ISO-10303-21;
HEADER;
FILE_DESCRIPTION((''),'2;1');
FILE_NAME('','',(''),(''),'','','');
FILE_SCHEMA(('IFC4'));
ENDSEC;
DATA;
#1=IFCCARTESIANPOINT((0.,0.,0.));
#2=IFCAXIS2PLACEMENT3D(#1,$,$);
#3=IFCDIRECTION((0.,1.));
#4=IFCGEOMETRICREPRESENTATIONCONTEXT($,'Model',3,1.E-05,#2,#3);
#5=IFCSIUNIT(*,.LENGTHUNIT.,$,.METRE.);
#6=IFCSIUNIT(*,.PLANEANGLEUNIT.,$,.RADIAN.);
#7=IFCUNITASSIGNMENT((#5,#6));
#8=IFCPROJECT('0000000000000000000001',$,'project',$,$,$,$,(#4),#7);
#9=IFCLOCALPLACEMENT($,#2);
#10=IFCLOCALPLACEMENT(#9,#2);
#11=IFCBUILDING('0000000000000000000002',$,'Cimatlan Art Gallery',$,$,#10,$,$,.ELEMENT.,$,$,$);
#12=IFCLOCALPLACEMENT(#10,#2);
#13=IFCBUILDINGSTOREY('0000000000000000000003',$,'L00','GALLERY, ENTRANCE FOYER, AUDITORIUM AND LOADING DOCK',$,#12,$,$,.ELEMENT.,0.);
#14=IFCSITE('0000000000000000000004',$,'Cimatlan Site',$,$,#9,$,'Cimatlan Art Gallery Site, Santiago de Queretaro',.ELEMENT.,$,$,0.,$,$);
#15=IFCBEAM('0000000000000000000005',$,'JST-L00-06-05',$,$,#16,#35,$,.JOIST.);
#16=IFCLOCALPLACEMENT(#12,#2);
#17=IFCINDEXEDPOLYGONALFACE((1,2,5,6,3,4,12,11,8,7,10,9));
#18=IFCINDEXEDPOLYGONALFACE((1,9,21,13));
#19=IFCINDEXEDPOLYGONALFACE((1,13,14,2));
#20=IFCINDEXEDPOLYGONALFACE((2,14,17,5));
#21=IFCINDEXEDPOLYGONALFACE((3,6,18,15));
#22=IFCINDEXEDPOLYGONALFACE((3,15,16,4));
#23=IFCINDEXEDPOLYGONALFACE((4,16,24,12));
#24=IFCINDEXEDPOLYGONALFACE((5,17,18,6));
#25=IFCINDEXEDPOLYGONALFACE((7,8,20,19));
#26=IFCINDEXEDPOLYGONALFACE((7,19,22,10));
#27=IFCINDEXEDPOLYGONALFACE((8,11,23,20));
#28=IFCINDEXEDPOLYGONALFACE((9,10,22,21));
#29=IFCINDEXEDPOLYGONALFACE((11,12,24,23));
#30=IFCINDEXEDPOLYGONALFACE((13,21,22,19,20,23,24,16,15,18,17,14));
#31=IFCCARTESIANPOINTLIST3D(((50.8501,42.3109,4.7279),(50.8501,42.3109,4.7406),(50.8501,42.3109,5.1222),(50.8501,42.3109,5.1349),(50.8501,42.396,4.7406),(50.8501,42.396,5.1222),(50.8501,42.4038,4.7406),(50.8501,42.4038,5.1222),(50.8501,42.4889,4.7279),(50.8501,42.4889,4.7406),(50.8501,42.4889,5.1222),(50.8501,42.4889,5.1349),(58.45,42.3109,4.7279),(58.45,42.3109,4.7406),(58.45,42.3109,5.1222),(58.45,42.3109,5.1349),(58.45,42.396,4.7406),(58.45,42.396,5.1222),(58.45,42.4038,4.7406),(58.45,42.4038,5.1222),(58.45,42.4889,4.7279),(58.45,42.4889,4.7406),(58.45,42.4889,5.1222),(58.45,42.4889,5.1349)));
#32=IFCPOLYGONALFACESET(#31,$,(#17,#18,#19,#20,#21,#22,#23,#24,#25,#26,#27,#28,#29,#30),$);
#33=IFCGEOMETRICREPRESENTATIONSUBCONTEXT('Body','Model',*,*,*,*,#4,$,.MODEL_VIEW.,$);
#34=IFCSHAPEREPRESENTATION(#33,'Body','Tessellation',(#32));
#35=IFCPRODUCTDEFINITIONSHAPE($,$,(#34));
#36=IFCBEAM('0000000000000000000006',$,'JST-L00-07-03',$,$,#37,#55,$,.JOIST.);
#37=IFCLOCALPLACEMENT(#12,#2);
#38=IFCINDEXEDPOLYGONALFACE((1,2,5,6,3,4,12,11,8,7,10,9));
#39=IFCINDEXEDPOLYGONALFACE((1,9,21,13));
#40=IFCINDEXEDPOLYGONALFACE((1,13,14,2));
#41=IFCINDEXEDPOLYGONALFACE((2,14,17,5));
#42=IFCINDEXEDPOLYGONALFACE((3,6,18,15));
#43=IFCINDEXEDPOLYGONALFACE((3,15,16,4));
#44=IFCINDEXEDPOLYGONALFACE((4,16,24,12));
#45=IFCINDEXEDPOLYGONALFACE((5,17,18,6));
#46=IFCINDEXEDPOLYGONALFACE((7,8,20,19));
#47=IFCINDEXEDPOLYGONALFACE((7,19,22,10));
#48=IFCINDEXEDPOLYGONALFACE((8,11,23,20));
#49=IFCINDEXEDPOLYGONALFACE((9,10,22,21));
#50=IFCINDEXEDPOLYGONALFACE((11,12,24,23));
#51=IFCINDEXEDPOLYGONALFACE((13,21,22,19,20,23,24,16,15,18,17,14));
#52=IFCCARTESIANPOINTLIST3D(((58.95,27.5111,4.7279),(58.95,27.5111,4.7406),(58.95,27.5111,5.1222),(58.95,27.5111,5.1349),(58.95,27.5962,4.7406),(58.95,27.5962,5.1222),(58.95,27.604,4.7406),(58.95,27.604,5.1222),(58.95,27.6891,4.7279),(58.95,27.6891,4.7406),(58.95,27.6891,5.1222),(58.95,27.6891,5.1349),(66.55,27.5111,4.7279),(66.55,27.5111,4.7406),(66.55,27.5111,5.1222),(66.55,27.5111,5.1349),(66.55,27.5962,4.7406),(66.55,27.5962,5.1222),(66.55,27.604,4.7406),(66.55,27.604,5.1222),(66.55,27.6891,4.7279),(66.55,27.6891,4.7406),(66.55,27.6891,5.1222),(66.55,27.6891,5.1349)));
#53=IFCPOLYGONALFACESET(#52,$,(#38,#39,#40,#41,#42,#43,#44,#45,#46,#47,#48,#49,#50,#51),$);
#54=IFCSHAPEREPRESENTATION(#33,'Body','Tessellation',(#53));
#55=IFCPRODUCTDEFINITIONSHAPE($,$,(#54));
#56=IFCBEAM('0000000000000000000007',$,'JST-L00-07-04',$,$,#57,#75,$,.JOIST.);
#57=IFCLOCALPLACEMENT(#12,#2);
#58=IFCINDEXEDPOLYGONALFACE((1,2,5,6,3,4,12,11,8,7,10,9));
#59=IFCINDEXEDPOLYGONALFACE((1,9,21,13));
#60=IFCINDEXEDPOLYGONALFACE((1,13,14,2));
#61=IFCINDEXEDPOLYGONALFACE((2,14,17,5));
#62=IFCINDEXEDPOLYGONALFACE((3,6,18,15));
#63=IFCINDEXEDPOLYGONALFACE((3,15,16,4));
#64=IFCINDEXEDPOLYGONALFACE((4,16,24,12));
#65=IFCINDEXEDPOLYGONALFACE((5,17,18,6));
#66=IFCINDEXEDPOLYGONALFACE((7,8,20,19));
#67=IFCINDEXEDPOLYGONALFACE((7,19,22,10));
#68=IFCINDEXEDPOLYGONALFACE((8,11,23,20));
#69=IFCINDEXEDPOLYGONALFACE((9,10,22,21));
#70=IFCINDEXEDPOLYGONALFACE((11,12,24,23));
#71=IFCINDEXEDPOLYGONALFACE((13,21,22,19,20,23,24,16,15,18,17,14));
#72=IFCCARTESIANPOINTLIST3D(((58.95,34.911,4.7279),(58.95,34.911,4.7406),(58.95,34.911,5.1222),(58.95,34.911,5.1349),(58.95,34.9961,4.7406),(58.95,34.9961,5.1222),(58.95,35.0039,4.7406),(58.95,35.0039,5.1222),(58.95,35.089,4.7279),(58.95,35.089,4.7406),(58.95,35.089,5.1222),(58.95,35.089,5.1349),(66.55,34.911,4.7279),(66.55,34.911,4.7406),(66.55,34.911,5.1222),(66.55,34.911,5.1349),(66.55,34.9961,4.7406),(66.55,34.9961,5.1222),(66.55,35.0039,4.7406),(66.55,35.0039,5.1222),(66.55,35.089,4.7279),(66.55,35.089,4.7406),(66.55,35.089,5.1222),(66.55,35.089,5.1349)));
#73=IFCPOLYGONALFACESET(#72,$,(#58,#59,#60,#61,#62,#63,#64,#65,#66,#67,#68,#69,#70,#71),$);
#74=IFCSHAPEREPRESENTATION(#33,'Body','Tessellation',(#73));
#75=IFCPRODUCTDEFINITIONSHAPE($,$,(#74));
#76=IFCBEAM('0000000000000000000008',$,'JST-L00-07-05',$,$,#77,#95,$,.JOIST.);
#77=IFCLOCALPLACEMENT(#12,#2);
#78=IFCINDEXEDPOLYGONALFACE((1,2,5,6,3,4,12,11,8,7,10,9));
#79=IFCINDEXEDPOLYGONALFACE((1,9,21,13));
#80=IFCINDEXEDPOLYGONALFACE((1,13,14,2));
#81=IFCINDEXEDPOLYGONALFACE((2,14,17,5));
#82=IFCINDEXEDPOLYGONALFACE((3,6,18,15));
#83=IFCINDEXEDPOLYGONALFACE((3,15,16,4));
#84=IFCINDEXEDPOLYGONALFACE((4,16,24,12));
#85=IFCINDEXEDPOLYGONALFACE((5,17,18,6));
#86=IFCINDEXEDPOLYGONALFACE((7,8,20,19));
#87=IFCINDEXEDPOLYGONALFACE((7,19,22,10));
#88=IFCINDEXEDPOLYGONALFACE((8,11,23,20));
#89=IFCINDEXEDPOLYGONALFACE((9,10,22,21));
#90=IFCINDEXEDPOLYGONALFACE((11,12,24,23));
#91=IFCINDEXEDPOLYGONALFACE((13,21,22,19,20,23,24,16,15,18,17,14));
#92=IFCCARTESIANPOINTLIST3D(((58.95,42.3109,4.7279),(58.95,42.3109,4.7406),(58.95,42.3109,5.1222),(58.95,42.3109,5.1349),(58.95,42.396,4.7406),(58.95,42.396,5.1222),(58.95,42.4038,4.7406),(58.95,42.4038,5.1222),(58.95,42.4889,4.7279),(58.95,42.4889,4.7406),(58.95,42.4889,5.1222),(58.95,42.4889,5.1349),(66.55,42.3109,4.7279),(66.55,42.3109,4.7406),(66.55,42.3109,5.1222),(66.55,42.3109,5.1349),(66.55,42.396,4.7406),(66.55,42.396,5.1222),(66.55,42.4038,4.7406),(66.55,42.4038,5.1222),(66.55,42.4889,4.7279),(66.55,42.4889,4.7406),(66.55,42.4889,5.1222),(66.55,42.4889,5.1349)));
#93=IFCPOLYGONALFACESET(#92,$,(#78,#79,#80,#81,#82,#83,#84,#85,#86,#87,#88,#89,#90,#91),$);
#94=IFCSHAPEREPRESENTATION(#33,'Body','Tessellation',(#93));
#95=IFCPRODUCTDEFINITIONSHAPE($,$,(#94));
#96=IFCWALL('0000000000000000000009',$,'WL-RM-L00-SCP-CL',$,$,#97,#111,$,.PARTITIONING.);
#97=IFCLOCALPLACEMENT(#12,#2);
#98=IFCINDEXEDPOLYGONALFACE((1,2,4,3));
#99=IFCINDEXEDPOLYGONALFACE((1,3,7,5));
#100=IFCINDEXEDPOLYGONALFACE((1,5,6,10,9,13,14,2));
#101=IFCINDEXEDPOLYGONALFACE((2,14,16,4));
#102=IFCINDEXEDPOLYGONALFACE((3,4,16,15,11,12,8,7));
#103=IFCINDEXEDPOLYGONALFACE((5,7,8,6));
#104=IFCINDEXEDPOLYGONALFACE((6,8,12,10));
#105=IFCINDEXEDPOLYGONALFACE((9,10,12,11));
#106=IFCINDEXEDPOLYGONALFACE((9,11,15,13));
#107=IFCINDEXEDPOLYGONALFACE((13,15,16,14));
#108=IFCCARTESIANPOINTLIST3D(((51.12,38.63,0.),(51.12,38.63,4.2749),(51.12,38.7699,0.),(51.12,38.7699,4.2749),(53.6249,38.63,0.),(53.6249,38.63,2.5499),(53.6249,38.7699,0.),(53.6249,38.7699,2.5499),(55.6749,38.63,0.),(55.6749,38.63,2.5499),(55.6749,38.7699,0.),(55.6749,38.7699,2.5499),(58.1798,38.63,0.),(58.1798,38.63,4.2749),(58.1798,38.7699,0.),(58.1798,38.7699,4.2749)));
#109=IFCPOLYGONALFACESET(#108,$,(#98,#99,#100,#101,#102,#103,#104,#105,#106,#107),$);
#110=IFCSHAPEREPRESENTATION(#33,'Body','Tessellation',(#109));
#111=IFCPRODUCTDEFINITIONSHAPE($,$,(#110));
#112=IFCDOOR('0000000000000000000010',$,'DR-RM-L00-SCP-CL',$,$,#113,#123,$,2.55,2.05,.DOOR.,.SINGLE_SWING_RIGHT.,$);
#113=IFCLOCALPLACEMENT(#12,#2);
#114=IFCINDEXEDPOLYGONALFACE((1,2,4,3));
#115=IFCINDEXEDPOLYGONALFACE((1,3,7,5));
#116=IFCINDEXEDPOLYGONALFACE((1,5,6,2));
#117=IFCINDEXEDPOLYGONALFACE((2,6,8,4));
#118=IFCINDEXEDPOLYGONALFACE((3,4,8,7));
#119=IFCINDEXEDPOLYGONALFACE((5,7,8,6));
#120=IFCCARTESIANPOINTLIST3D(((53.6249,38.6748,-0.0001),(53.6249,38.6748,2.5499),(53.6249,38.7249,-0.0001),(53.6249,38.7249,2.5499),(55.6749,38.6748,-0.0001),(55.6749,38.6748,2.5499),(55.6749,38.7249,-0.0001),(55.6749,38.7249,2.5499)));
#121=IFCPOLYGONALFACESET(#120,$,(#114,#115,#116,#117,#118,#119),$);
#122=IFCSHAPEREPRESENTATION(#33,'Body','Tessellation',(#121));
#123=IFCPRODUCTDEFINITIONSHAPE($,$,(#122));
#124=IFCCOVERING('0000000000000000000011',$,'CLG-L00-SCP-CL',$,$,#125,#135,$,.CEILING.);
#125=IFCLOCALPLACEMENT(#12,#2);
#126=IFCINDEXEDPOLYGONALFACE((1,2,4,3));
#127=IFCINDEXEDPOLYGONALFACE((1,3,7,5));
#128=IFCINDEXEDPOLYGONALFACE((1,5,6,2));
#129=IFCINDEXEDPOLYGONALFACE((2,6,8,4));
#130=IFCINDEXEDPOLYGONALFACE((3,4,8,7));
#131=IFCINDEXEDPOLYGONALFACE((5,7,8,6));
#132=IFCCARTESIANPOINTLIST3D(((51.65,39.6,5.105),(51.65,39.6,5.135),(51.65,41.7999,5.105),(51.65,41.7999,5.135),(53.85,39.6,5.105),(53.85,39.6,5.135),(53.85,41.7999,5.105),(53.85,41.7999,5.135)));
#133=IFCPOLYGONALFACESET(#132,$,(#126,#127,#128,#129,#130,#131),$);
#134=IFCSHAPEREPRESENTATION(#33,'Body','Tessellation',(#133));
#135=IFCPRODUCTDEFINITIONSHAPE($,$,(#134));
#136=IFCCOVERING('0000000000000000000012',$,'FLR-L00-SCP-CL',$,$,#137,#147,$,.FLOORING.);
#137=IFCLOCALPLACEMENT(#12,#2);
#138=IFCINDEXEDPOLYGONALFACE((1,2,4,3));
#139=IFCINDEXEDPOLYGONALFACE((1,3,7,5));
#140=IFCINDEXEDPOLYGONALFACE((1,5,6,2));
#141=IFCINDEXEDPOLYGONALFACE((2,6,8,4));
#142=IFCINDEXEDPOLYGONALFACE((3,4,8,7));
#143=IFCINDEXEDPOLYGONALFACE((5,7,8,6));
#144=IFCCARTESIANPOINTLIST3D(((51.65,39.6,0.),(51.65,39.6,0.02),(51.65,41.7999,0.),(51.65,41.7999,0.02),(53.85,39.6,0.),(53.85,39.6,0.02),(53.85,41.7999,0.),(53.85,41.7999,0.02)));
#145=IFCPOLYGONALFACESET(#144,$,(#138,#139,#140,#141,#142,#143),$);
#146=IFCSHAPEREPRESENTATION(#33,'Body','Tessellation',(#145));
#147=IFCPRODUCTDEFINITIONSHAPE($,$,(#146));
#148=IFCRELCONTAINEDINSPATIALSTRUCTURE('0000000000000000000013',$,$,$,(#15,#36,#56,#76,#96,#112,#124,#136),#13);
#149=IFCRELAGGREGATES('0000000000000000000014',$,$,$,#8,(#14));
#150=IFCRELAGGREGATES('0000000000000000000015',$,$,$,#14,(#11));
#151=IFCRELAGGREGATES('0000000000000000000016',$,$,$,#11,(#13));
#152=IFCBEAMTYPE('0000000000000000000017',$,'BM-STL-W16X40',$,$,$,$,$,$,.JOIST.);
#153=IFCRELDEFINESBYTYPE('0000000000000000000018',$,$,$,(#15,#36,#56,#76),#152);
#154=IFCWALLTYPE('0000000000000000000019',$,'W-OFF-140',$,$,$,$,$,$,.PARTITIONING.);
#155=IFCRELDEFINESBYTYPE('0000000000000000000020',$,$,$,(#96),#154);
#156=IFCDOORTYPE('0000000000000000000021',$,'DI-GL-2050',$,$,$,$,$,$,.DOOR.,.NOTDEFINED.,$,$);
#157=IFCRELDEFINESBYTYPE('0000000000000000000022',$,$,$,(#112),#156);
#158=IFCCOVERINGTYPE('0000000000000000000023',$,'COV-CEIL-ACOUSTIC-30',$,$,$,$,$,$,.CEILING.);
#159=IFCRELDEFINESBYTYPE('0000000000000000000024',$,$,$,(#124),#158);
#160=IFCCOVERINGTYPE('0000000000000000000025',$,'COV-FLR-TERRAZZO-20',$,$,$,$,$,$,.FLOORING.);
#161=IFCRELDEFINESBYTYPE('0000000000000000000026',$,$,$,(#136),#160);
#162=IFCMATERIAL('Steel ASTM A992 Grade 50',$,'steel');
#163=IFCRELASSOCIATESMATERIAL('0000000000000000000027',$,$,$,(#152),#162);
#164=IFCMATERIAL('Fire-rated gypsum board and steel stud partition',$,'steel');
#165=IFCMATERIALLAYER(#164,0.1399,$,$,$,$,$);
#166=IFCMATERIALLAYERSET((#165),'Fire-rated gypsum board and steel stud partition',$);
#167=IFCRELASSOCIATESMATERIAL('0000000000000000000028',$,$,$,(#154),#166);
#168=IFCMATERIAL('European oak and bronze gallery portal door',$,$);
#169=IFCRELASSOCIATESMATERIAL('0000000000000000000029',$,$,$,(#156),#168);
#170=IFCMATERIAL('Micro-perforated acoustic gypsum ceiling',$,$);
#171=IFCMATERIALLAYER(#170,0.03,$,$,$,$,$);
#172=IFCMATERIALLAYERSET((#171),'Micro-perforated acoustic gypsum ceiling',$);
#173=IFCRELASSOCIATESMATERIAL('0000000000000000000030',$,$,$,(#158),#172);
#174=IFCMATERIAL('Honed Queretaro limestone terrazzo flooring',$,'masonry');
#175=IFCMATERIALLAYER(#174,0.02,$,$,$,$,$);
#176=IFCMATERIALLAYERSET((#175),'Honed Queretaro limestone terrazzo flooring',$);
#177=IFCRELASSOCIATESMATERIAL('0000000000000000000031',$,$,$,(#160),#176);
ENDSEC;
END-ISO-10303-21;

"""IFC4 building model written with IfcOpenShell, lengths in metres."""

from ifc_helpers import new_model, si_unit, direction, frame, frame_2d, origin, origin_2d, place, context, subcontext, project, spatial, rectangle, i_section, extrude, material, layer, layer_set, material_profile, profile_set, type_object, element, fill, save


model = new_model("IFC4")

# Units and contexts
model_context = context("Model", 3, precision=1e-05, world=origin(), true_north=direction((0.0, 1.0)))
body_context = subcontext(model_context, "Body", "Model", "MODEL_VIEW")
ifc_project = project(units=[si_unit("LENGTHUNIT", "METRE"), si_unit("PLANEANGLEUNIT", "RADIAN")], contexts=[model_context])

# Site, building, storey
site_placement = place(None, origin())
site = spatial("IfcSite", under=ifc_project, at=site_placement, Name="Cimatlan Site", LongName="Cimatlan Art Gallery Site, Santiago de Queretaro", CompositionType="ELEMENT", RefElevation=0.0)
building_placement = place(site_placement, origin())
building = spatial("IfcBuilding", under=site, at=building_placement, Name="Cimatlan Art Gallery", CompositionType="ELEMENT")
storey_placement = place(building_placement, origin())
storey = spatial("IfcBuildingStorey", under=building, at=storey_placement, Name="L00", Description="GALLERY, ENTRANCE FOYER, AUDITORIUM AND LOADING DOCK", CompositionType="ELEMENT", Elevation=0.0)

# Beams
ifc_material_1 = material(Name="Steel ASTM A992 Grade 50", Category="steel")
ifc_material_profile_1 = material_profile(ifc_material_1, i_section(OverallWidth=0.178, OverallDepth=0.407, WebThickness=0.0078, FlangeThickness=0.0127, at=origin_2d()), Name="W16X40")
ifc_profile_set_1 = profile_set([ifc_material_profile_1], Name="Steel ASTM A992 Grade 50")
beam_type_1 = type_object("IfcBeamType", Name="BM-STL-W16X40", PredefinedType="JOIST", material=ifc_profile_set_1)
for number, where, z_axis, x_axis, name in (
    (1, (50.8501, 42.3999, 4.9314), (1.0, 0.0, 0.0), (0.0, 1.0, 0.0), "JST-L00-06-05"),
):
    element("IfcBeam", number, at=place(storey_placement, frame(where, z_axis=z_axis, x_axis=x_axis)), inside=storey, type_object=beam_type_1, Name=name, PredefinedType="JOIST", context=body_context, shape_type="SweptSolid", body=[
        extrude(i_section(OverallWidth=0.178, OverallDepth=0.407, WebThickness=0.0078, FlangeThickness=0.0127, at=origin_2d()), origin(), (0.0, 0.0, 1.0), 7.5999),
    ])
for number, where, z_axis, x_axis, name in (
    (2, (58.95, 27.6001, 4.9314), (1.0, 0.0, 0.0), (0.0, 1.0, 0.0), "JST-L00-07-03"),
    (3, (58.95, 35.0, 4.9314), (1.0, 0.0, 0.0), (0.0, 1.0, 0.0), "JST-L00-07-04"),
    (4, (58.95, 42.3999, 4.9314), (1.0, 0.0, 0.0), (0.0, 1.0, 0.0), "JST-L00-07-05"),
):
    element("IfcBeam", number, at=place(storey_placement, frame(where, z_axis=z_axis, x_axis=x_axis)), inside=storey, type_object=beam_type_1, Name=name, PredefinedType="JOIST", context=body_context, shape_type="SweptSolid", body=[
        extrude(i_section(OverallWidth=0.178, OverallDepth=0.407, WebThickness=0.0078, FlangeThickness=0.0127, at=origin_2d()), origin(), (0.0, 0.0, 1.0), 7.6001),
    ])

# Wall, opening, door
ifc_material_2 = material(Name="Fire-rated gypsum board and steel stud partition", Category="steel")
ifc_layer_1 = layer(ifc_material_2, 0.1399)
ifc_layer_set_1 = layer_set([ifc_layer_1], Name="Fire-rated gypsum board and steel stud partition")
wall_type_1 = type_object("IfcWallType", Name="W-OFF-140", PredefinedType="PARTITIONING", material=ifc_layer_set_1)
wall_1_placement = place(storey_placement, frame((51.1201, 38.7, 0.0), z_axis=(0.0, 0.0, 1.0), x_axis=(1.0, 0.0, 0.0)))
wall_1 = element("IfcWall", 5, at=wall_1_placement, inside=storey, type_object=wall_type_1, Name="WL-RM-L00-SCP-CL", PredefinedType="PARTITIONING", context=body_context, shape_type="SweptSolid", body=[
    extrude(rectangle(XDim=7.0598, YDim=0.1399, at=frame_2d((3.5298, 0.0))), origin(), (0.0, 0.0, 1.0), 4.2749),
])
opening_1_placement = place(wall_1_placement, frame((2.5049, 0.0, 0.0)))
opening_1 = element("IfcOpeningElement", 6, at=opening_1_placement, cuts=wall_1, PredefinedType="OPENING", context=body_context, shape_type="SweptSolid", body=[
    extrude(rectangle(XDim=2.05, YDim=2.55, at=frame_2d((1.0249, 1.2749))), frame((0.0, 0.0801, 0.0), z_axis=(0.0, -1.0, 0.0), x_axis=(1.0, 0.0, 0.0)), (0.0, 0.0, 1.0), 0.1599),
])
ifc_material_3 = material(Name="European oak and bronze gallery portal door")
door_type_1 = type_object("IfcDoorType", Name="DI-GL-2050", OperationType="NOTDEFINED", PredefinedType="DOOR", material=ifc_material_3)
door_1_placement = place(opening_1_placement, origin())
door_1 = element("IfcDoor", 7, at=door_1_placement, inside=storey, type_object=door_type_1, Name="DR-RM-L00-SCP-CL", OperationType="SINGLE_SWING_RIGHT", OverallHeight=2.55, OverallWidth=2.05, PredefinedType="DOOR", context=body_context, shape_type="SweptSolid", body=[
    extrude(rectangle(XDim=2.05, YDim=2.55, at=frame_2d((1.0249, 1.2749))), frame((0.0, 0.0249, 0.0), z_axis=(0.0, -1.0, 0.0), x_axis=(1.0, 0.0, 0.0)), (0.0, 0.0, 1.0), 0.05),
])
fill(opening_1, door_1)

# Coverings
ifc_material_4 = material(Name="Micro-perforated acoustic gypsum ceiling")
ifc_layer_2 = layer(ifc_material_4, 0.03)
ifc_layer_set_2 = layer_set([ifc_layer_2], Name="Micro-perforated acoustic gypsum ceiling")
covering_type_1 = type_object("IfcCoveringType", Name="COV-CEIL-ACOUSTIC-30", PredefinedType="CEILING", material=ifc_layer_set_2)
covering_1_placement = place(storey_placement, frame((52.75, 40.7, 5.105), z_axis=(0.0, 0.0, 1.0), x_axis=(1.0, 0.0, 0.0)))
element("IfcCovering", 8, at=covering_1_placement, inside=storey, type_object=covering_type_1, Name="CLG-L00-SCP-CL", PredefinedType="CEILING", context=body_context, shape_type="SweptSolid", body=[
    extrude(rectangle(XDim=2.2, YDim=2.2, at=origin_2d()), origin(), (0.0, 0.0, 1.0), 0.03),
])
ifc_material_5 = material(Name="Honed Queretaro limestone terrazzo flooring", Category="masonry")
ifc_layer_3 = layer(ifc_material_5, 0.02)
ifc_layer_set_3 = layer_set([ifc_layer_3], Name="Honed Queretaro limestone terrazzo flooring")
covering_type_2 = type_object("IfcCoveringType", Name="COV-FLR-TERRAZZO-20", PredefinedType="FLOORING", material=ifc_layer_set_3)
covering_2_placement = place(storey_placement, frame((52.75, 40.7, 0.0), z_axis=(0.0, 0.0, 1.0), x_axis=(1.0, 0.0, 0.0)))
element("IfcCovering", 9, at=covering_2_placement, inside=storey, type_object=covering_type_2, Name="FLR-L00-SCP-CL", PredefinedType="FLOORING", context=body_context, shape_type="SweptSolid", body=[
    extrude(rectangle(XDim=2.2, YDim=2.2, at=origin_2d()), origin(), (0.0, 0.0, 1.0), 0.02),
])

save(model, "model.ifc")
